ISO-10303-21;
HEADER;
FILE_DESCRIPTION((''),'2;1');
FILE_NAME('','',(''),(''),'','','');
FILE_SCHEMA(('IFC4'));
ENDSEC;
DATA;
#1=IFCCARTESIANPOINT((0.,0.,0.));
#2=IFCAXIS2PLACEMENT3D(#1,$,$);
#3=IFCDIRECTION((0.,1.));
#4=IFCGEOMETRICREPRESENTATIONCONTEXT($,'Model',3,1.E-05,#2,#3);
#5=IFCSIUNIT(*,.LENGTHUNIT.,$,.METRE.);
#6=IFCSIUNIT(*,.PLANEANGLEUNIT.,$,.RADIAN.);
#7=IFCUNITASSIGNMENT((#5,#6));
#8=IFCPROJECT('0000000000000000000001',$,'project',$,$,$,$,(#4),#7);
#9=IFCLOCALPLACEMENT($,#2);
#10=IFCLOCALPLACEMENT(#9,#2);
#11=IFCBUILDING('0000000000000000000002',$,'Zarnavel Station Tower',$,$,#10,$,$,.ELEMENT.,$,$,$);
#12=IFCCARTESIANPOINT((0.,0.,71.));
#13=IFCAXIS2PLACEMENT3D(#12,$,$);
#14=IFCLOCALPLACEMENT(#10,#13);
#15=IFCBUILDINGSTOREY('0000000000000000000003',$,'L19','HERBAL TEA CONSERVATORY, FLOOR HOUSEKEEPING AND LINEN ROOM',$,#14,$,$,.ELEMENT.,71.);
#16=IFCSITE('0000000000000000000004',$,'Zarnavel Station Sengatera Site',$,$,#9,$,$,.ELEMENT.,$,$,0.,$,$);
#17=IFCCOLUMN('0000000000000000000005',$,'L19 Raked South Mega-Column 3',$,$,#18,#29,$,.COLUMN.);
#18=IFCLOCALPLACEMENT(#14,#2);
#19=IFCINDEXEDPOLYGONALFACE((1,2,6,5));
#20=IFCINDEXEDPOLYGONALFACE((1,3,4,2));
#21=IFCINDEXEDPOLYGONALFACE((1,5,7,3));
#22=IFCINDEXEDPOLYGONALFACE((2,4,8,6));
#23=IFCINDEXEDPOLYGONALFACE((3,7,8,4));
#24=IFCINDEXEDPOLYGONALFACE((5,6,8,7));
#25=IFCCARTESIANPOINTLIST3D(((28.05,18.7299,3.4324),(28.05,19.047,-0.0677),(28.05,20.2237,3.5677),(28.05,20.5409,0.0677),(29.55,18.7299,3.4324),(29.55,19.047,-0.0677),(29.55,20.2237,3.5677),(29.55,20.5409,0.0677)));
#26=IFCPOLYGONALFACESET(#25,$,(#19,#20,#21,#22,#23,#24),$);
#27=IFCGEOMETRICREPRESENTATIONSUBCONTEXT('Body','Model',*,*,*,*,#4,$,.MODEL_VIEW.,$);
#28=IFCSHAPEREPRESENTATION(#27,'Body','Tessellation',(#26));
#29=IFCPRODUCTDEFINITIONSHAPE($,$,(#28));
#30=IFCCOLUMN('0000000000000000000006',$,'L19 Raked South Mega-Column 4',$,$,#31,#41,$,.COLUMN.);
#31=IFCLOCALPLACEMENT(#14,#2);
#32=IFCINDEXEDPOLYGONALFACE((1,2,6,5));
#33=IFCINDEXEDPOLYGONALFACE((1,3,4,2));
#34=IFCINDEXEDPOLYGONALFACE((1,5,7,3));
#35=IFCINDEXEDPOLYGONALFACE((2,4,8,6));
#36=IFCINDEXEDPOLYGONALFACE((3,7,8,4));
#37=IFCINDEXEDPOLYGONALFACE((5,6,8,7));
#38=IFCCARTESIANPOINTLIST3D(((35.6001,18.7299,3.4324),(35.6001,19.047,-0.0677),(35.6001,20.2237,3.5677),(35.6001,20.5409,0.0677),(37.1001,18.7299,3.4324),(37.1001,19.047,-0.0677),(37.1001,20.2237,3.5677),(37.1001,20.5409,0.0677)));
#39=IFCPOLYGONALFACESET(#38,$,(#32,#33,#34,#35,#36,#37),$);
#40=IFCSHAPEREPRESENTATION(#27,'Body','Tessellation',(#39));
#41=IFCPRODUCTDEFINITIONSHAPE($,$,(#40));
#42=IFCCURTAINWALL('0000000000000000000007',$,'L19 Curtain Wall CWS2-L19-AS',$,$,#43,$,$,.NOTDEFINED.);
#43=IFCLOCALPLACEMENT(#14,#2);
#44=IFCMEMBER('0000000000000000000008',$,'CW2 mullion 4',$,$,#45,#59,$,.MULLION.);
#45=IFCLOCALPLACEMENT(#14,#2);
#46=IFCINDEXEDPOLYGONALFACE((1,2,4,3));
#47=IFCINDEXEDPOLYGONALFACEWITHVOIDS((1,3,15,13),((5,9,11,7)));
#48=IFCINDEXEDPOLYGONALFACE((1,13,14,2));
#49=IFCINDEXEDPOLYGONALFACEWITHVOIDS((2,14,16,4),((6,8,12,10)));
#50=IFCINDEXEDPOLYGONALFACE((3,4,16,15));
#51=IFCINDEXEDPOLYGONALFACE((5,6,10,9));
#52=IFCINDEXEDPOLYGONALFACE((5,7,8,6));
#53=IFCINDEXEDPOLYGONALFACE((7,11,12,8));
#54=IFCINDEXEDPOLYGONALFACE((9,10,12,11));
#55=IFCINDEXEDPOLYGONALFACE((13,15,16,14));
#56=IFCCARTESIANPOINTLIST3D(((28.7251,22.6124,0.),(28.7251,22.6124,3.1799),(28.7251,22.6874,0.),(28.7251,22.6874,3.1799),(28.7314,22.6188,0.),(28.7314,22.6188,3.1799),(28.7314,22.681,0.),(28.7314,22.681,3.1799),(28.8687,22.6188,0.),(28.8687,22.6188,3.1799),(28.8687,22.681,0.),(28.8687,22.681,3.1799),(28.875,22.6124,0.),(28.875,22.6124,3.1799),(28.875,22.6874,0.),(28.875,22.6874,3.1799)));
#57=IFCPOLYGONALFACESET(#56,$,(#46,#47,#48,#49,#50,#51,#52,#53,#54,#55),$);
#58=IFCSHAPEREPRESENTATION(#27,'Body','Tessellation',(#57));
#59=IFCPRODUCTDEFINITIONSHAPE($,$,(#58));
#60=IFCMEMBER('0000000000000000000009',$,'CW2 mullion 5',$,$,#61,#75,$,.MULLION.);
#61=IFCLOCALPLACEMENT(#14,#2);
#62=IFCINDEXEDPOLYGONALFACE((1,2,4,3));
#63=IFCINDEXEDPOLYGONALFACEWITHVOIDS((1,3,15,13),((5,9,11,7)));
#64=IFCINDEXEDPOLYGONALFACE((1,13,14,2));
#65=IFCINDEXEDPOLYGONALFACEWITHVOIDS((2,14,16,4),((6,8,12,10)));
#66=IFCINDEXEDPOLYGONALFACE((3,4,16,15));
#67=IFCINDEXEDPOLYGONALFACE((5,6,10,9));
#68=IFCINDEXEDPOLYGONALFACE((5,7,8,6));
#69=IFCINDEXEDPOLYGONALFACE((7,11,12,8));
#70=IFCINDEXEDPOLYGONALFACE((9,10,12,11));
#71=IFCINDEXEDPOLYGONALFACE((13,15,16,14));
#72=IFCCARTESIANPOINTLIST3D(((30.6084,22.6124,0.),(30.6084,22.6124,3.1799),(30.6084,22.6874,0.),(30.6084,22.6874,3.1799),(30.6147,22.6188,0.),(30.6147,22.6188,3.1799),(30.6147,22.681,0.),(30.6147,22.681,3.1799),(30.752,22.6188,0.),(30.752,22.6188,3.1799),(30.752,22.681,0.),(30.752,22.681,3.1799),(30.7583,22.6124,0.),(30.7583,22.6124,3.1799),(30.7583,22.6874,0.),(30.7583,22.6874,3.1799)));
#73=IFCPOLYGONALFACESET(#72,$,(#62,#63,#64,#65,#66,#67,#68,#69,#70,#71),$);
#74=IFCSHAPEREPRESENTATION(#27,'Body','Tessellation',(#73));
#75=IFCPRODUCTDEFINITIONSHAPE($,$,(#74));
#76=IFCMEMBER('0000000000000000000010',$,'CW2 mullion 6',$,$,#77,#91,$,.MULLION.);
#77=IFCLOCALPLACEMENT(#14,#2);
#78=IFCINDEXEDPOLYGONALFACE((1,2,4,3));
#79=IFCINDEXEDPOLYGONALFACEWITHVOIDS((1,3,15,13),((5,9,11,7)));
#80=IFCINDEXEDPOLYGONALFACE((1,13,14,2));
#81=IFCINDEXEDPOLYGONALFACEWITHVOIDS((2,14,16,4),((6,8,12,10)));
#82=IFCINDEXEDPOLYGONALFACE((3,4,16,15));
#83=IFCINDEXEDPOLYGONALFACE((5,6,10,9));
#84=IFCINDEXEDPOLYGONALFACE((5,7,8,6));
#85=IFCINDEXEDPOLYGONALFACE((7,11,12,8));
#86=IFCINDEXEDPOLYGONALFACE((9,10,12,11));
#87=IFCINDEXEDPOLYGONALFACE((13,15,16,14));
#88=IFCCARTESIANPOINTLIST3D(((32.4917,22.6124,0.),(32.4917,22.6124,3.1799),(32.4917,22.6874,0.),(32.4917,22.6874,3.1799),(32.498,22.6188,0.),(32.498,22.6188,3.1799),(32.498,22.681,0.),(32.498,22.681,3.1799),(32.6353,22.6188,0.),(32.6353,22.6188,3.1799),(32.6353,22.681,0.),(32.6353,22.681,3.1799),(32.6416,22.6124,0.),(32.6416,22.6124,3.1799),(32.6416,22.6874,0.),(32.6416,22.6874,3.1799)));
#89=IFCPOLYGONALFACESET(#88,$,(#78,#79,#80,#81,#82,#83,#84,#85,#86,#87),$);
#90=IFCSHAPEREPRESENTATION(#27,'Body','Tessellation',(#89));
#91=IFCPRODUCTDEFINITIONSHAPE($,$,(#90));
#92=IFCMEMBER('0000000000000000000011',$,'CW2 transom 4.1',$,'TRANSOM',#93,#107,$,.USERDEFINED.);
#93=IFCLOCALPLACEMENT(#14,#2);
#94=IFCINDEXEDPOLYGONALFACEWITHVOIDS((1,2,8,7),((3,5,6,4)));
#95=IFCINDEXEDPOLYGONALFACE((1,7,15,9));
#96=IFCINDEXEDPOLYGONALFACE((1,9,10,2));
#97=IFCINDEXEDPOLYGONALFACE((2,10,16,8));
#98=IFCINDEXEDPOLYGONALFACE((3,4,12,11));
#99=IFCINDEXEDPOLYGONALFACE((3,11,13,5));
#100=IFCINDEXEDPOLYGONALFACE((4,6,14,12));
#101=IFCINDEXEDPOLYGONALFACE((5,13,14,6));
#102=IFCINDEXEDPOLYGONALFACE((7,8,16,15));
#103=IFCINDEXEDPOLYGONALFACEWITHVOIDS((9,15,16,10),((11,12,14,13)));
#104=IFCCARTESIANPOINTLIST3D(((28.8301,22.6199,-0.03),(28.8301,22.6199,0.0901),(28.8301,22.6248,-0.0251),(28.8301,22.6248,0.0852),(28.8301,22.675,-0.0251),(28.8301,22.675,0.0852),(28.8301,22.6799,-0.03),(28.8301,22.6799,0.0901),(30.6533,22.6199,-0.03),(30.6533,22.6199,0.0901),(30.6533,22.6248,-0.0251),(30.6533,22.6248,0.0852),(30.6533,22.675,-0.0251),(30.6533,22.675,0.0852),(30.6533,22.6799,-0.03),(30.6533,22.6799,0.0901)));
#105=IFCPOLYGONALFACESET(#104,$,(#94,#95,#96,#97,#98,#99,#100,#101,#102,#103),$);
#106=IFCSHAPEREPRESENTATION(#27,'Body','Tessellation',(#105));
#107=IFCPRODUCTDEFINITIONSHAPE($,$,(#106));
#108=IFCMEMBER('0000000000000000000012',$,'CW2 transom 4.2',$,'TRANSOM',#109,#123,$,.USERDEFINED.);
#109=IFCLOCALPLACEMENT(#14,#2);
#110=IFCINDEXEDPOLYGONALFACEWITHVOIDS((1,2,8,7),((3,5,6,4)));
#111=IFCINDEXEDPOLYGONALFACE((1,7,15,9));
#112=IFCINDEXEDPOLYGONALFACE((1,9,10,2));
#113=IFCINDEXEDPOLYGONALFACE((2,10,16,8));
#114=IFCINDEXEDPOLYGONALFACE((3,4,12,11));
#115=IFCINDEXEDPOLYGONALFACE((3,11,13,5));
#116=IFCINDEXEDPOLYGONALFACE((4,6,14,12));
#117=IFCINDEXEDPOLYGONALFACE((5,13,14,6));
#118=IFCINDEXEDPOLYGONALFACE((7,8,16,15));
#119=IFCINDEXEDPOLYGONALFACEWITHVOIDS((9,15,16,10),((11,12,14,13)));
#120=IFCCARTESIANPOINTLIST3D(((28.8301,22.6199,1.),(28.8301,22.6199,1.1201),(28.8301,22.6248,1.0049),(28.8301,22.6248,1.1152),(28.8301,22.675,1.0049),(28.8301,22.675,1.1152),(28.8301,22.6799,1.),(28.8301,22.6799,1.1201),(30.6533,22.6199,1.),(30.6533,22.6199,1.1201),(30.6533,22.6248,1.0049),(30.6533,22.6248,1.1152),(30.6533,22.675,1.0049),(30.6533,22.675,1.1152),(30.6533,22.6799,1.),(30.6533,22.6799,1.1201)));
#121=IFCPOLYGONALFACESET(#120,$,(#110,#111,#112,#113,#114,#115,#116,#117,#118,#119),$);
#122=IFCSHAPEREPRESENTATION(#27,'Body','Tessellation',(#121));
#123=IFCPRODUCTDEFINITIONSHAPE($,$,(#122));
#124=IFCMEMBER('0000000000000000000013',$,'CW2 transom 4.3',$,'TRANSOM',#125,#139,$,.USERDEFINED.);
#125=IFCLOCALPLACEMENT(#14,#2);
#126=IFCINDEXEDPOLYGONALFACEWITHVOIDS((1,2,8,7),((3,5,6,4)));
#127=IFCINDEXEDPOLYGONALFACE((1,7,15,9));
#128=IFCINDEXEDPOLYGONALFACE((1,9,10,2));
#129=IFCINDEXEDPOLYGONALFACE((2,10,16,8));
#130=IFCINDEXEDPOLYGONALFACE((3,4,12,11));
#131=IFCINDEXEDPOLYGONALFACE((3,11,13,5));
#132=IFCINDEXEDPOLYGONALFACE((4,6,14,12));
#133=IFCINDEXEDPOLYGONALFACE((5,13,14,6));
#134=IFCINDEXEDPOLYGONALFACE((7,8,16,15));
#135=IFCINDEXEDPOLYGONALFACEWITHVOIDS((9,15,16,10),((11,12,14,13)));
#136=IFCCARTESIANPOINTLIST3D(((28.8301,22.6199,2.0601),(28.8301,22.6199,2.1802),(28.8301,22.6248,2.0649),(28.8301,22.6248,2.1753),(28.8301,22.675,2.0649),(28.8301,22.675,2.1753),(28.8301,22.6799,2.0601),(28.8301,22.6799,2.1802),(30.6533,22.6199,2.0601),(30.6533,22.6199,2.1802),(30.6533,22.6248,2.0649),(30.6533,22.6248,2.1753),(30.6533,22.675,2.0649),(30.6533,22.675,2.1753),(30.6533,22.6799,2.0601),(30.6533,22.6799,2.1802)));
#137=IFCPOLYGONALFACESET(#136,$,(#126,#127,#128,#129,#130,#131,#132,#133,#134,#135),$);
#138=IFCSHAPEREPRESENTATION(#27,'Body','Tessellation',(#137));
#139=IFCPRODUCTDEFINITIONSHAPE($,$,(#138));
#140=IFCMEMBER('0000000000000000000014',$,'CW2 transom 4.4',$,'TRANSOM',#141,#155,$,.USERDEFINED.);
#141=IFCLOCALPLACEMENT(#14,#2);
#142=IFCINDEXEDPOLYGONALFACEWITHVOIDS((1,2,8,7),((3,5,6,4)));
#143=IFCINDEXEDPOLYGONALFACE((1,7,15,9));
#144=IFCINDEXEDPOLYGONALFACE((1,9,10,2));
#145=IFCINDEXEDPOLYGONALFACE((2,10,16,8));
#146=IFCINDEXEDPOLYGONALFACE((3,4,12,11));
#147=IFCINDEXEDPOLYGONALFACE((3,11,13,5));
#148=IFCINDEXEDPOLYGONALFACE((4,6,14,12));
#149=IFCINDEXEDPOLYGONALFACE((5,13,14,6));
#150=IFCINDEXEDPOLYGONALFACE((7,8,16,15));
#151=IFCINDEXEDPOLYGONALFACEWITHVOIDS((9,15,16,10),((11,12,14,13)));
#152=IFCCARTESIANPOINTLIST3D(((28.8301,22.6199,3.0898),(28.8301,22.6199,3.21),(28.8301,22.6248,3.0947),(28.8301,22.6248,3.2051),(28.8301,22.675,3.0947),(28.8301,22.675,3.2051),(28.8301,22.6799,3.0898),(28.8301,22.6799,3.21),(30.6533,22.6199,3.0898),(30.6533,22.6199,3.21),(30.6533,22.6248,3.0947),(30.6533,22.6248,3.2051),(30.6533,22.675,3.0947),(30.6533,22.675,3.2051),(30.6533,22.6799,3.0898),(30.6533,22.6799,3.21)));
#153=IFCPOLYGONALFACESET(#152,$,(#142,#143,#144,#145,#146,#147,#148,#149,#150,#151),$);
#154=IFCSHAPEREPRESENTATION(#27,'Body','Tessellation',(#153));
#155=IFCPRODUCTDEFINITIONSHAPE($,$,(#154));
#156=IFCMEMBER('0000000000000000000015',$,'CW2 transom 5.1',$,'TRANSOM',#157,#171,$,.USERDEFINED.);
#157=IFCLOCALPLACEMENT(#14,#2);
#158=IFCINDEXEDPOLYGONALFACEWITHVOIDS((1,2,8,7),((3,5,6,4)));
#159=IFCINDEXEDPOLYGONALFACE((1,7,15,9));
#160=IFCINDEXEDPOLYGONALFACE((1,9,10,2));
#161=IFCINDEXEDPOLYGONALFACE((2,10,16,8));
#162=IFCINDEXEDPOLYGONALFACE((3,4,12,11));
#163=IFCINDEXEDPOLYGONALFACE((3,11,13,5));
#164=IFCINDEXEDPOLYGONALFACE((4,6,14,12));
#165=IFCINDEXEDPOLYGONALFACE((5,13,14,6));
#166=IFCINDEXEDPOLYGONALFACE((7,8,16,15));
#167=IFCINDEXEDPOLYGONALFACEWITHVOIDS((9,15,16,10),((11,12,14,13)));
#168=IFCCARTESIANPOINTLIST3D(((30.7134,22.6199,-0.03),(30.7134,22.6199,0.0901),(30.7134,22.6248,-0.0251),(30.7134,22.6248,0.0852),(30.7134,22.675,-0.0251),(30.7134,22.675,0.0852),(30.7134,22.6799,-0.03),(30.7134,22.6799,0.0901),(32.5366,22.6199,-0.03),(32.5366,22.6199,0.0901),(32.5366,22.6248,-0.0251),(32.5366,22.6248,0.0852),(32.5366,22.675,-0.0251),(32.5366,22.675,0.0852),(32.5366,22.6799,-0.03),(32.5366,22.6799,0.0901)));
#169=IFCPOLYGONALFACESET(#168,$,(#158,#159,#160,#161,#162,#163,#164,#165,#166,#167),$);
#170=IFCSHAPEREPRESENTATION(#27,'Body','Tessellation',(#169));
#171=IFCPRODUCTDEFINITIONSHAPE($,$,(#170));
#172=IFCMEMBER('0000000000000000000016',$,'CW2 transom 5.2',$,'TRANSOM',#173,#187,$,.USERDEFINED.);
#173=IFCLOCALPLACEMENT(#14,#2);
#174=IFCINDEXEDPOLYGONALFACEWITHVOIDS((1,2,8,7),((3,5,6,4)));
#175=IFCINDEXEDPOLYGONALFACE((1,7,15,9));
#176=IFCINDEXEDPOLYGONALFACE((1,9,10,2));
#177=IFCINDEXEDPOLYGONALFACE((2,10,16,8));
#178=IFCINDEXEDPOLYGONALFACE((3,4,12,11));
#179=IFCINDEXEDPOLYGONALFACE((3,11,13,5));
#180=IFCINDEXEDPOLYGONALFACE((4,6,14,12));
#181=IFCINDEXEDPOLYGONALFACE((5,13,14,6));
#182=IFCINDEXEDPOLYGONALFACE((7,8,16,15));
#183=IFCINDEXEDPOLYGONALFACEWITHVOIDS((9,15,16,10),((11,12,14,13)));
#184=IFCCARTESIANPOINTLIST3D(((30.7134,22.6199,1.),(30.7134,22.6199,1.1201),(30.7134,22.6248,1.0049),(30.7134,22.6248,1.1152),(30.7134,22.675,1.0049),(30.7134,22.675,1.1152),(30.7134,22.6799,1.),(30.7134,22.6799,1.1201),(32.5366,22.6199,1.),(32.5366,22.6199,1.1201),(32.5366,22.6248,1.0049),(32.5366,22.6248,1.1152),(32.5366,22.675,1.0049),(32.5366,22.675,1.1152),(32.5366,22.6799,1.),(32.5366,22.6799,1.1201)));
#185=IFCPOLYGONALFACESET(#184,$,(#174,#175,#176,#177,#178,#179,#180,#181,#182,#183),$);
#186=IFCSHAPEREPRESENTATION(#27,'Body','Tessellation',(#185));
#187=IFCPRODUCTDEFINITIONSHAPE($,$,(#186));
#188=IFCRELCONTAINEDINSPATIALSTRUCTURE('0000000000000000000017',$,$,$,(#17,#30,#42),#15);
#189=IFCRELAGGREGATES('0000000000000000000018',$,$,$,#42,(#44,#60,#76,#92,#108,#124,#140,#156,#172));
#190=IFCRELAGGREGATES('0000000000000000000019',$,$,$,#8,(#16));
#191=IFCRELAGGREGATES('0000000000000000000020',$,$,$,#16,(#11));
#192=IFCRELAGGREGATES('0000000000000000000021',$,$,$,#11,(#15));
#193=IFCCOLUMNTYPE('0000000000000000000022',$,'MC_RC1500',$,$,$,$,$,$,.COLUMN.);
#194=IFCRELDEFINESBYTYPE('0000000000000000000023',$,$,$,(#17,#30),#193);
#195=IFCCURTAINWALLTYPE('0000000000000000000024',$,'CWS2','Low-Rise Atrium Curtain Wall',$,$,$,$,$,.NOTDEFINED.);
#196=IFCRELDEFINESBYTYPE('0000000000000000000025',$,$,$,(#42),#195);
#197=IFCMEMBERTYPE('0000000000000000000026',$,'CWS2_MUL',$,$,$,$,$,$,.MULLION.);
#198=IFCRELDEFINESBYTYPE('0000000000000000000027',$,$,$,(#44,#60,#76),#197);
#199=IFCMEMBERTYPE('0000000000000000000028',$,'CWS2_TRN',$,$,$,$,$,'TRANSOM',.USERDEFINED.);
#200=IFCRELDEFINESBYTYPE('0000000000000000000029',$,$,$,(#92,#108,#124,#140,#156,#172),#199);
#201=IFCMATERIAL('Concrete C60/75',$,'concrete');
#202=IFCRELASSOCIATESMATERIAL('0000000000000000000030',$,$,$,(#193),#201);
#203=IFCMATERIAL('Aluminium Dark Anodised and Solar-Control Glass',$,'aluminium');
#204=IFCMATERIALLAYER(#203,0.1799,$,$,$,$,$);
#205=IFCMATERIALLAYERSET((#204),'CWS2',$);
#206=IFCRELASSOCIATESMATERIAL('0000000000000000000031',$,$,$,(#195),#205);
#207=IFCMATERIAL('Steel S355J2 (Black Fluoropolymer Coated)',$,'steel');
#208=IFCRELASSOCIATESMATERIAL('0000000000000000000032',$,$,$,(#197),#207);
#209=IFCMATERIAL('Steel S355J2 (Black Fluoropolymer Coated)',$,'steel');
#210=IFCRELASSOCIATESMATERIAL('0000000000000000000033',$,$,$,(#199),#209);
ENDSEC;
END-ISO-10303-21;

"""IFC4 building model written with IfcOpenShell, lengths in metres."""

from ifc_helpers import new_model, si_unit, direction, frame, origin, origin_2d, place, context, subcontext, project, spatial, rectangle, hollow_rectangle, extrude, material, layer, layer_set, material_profile, profile_set, type_object, element, aggregate, save


model = new_model("IFC4")

# Units and contexts
model_context = context("Model", 3, precision=1e-05, world=origin(), true_north=direction((0.0, 1.0)))
body_context = subcontext(model_context, "Body", "Model", "MODEL_VIEW")
ifc_project = project(units=[si_unit("LENGTHUNIT", "METRE"), si_unit("PLANEANGLEUNIT", "RADIAN")], contexts=[model_context])

# Site, building, storey
site_placement = place(None, origin())
site = spatial("IfcSite", under=ifc_project, at=site_placement, Name="Zarnavel Station Sengatera Site", CompositionType="ELEMENT", RefElevation=0.0)
building_placement = place(site_placement, origin())
building = spatial("IfcBuilding", under=site, at=building_placement, Name="Zarnavel Station Tower", CompositionType="ELEMENT")
storey_placement = place(building_placement, frame((0.0, 0.0, 71.0)))
storey = spatial("IfcBuildingStorey", under=building, at=storey_placement, Name="L19", Description="HERBAL TEA CONSERVATORY, FLOOR HOUSEKEEPING AND LINEN ROOM", CompositionType="ELEMENT", Elevation=71.0)

# Columns
ifc_material_1 = material(Name="Concrete C60/75", Category="concrete")
ifc_material_profile_1 = material_profile(ifc_material_1, rectangle(XDim=1.5, YDim=1.5, at=origin_2d()), Name="RC1500x1500")
ifc_profile_set_1 = profile_set([ifc_material_profile_1], Name="Concrete C60/75")
column_type = type_object("IfcColumnType", Name="MC_RC1500", PredefinedType="COLUMN", material=ifc_profile_set_1)
for number, where, z_axis, x_axis, name in (
    (1, (28.8, 19.7939, 0.0), (0.0, -0.090241, 0.99592), (1.0, 0.0, 0.0), "L19 Raked South Mega-Column 3"),
    (2, (36.3501, 19.7939, 0.0), (0.0, -0.090241, 0.99592), (1.0, 0.0, 0.0), "L19 Raked South Mega-Column 4"),
):
    element("IfcColumn", number, at=place(storey_placement, frame(where, z_axis=z_axis, x_axis=x_axis)), inside=storey, type_object=column_type, Name=name, PredefinedType="COLUMN", context=body_context, shape_type="SweptSolid", body=[
        extrude(rectangle(XDim=1.5, YDim=1.5, at=origin_2d()), origin(), (0.0, 0.0, 1.0), 3.5144),
    ])

# Curtain wall, members
ifc_material_2 = material(Name="Aluminium Dark Anodised and Solar-Control Glass", Category="aluminium")
ifc_layer_1 = layer(ifc_material_2, 0.1799)
ifc_layer_set_1 = layer_set([ifc_layer_1], Name="CWS2")
curtain_wall_type = type_object("IfcCurtainWallType", Name="CWS2", Description="Low-Rise Atrium Curtain Wall", PredefinedType="NOTDEFINED", material=ifc_layer_set_1)
curtain_wall_placement = place(storey_placement, origin())
curtain_wall = element("IfcCurtainWall", 3, at=curtain_wall_placement, inside=storey, type_object=curtain_wall_type, Name="L19 Curtain Wall CWS2-L19-AS", PredefinedType="NOTDEFINED")
ifc_material_3 = material(Name="Steel S355J2 (Black Fluoropolymer Coated)", Category="steel")
ifc_material_profile_2 = material_profile(ifc_material_3, hollow_rectangle(XDim=0.075, YDim=0.1499, WallThickness=0.0063, at=origin_2d()), Name="RHS150x75x6.3")
ifc_profile_set_2 = profile_set([ifc_material_profile_2], Name="Steel S355J2 (Black Fluoropolymer Coated)")
member_type_1 = type_object("IfcMemberType", Name="CWS2_MUL", PredefinedType="MULLION", material=ifc_profile_set_2)
member_1_placement = place(storey_placement, frame((28.8, 22.6499, 0.0), z_axis=(0.0, 0.0, 1.0), x_axis=(0.0, 1.0, 0.0)))
member_1 = element("IfcMember", 4, at=member_1_placement, type_object=member_type_1, Name="CW2 mullion 4", PredefinedType="MULLION", context=body_context, shape_type="SweptSolid", body=[
    extrude(hollow_rectangle(XDim=0.075, YDim=0.1499, WallThickness=0.0063, at=origin_2d()), origin(), (0.0, 0.0, 1.0), 3.1799),
])
member_2_placement = place(storey_placement, frame((30.6833, 22.6499, 0.0), z_axis=(0.0, 0.0, 1.0), x_axis=(0.0, 1.0, 0.0)))
member_2 = element("IfcMember", 5, at=member_2_placement, type_object=member_type_1, Name="CW2 mullion 5", PredefinedType="MULLION", context=body_context, shape_type="SweptSolid", body=[
    extrude(hollow_rectangle(XDim=0.075, YDim=0.1499, WallThickness=0.0063, at=origin_2d()), origin(), (0.0, 0.0, 1.0), 3.1799),
])
member_3_placement = place(storey_placement, frame((32.5667, 22.6499, 0.0), z_axis=(0.0, 0.0, 1.0), x_axis=(0.0, 1.0, 0.0)))
member_3 = element("IfcMember", 6, at=member_3_placement, type_object=member_type_1, Name="CW2 mullion 6", PredefinedType="MULLION", context=body_context, shape_type="SweptSolid", body=[
    extrude(hollow_rectangle(XDim=0.075, YDim=0.1499, WallThickness=0.0063, at=origin_2d()), origin(), (0.0, 0.0, 1.0), 3.1799),
])
ifc_material_4 = material(Name="Steel S355J2 (Black Fluoropolymer Coated)", Category="steel")
ifc_material_profile_3 = material_profile(ifc_material_4, hollow_rectangle(XDim=0.0601, YDim=0.1201, WallThickness=0.0049, at=origin_2d()), Name="RHS120x60x5")
ifc_profile_set_3 = profile_set([ifc_material_profile_3], Name="Steel S355J2 (Black Fluoropolymer Coated)")
member_type_2 = type_object("IfcMemberType", Name="CWS2_TRN", ElementType="TRANSOM", PredefinedType="USERDEFINED", material=ifc_profile_set_3)
member_4_placement = place(storey_placement, frame((28.8301, 22.6499, 0.03), z_axis=(1.0, 0.0, 0.0), x_axis=(0.0, 1.0, 0.0)))
member_4 = element("IfcMember", 7, at=member_4_placement, type_object=member_type_2, Name="CW2 transom 4.1", ObjectType="TRANSOM", PredefinedType="USERDEFINED", context=body_context, shape_type="SweptSolid", body=[
    extrude(hollow_rectangle(XDim=0.0601, YDim=0.1201, WallThickness=0.0049, at=origin_2d()), origin(), (0.0, 0.0, 1.0), 1.8232),
])
member_5_placement = place(storey_placement, frame((28.8301, 22.6499, 1.0601), z_axis=(1.0, 0.0, 0.0), x_axis=(0.0, 1.0, 0.0)))
member_5 = element("IfcMember", 8, at=member_5_placement, type_object=member_type_2, Name="CW2 transom 4.2", ObjectType="TRANSOM", PredefinedType="USERDEFINED", context=body_context, shape_type="SweptSolid", body=[
    extrude(hollow_rectangle(XDim=0.0601, YDim=0.1201, WallThickness=0.0049, at=origin_2d()), origin(), (0.0, 0.0, 1.0), 1.8232),
])
member_6_placement = place(storey_placement, frame((28.8301, 22.6499, 2.1201), z_axis=(1.0, 0.0, 0.0), x_axis=(0.0, 1.0, 0.0)))
member_6 = element("IfcMember", 9, at=member_6_placement, type_object=member_type_2, Name="CW2 transom 4.3", ObjectType="TRANSOM", PredefinedType="USERDEFINED", context=body_context, shape_type="SweptSolid", body=[
    extrude(hollow_rectangle(XDim=0.0601, YDim=0.1201, WallThickness=0.0049, at=origin_2d()), origin(), (0.0, 0.0, 1.0), 1.8232),
])
member_7_placement = place(storey_placement, frame((28.8301, 22.6499, 3.1499), z_axis=(1.0, 0.0, 0.0), x_axis=(0.0, 1.0, 0.0)))
member_7 = element("IfcMember", 10, at=member_7_placement, type_object=member_type_2, Name="CW2 transom 4.4", ObjectType="TRANSOM", PredefinedType="USERDEFINED", context=body_context, shape_type="SweptSolid", body=[
    extrude(hollow_rectangle(XDim=0.0601, YDim=0.1201, WallThickness=0.0049, at=origin_2d()), origin(), (0.0, 0.0, 1.0), 1.8232),
])
member_8_placement = place(storey_placement, frame((30.7134, 22.6499, 0.03), z_axis=(1.0, 0.0, 0.0), x_axis=(0.0, 1.0, 0.0)))
member_8 = element("IfcMember", 11, at=member_8_placement, type_object=member_type_2, Name="CW2 transom 5.1", ObjectType="TRANSOM", PredefinedType="USERDEFINED", context=body_context, shape_type="SweptSolid", body=[
    extrude(hollow_rectangle(XDim=0.0601, YDim=0.1201, WallThickness=0.0049, at=origin_2d()), origin(), (0.0, 0.0, 1.0), 1.8232),
])
member_9_placement = place(storey_placement, frame((30.7134, 22.6499, 1.0601), z_axis=(1.0, 0.0, 0.0), x_axis=(0.0, 1.0, 0.0)))
member_9 = element("IfcMember", 12, at=member_9_placement, type_object=member_type_2, Name="CW2 transom 5.2", ObjectType="TRANSOM", PredefinedType="USERDEFINED", context=body_context, shape_type="SweptSolid", body=[
    extrude(hollow_rectangle(XDim=0.0601, YDim=0.1201, WallThickness=0.0049, at=origin_2d()), origin(), (0.0, 0.0, 1.0), 1.8232),
])

aggregate(curtain_wall, [member_1, member_2, member_3, member_4, member_5, member_6, member_7, member_8, member_9])

save(model, "model.ifc")
